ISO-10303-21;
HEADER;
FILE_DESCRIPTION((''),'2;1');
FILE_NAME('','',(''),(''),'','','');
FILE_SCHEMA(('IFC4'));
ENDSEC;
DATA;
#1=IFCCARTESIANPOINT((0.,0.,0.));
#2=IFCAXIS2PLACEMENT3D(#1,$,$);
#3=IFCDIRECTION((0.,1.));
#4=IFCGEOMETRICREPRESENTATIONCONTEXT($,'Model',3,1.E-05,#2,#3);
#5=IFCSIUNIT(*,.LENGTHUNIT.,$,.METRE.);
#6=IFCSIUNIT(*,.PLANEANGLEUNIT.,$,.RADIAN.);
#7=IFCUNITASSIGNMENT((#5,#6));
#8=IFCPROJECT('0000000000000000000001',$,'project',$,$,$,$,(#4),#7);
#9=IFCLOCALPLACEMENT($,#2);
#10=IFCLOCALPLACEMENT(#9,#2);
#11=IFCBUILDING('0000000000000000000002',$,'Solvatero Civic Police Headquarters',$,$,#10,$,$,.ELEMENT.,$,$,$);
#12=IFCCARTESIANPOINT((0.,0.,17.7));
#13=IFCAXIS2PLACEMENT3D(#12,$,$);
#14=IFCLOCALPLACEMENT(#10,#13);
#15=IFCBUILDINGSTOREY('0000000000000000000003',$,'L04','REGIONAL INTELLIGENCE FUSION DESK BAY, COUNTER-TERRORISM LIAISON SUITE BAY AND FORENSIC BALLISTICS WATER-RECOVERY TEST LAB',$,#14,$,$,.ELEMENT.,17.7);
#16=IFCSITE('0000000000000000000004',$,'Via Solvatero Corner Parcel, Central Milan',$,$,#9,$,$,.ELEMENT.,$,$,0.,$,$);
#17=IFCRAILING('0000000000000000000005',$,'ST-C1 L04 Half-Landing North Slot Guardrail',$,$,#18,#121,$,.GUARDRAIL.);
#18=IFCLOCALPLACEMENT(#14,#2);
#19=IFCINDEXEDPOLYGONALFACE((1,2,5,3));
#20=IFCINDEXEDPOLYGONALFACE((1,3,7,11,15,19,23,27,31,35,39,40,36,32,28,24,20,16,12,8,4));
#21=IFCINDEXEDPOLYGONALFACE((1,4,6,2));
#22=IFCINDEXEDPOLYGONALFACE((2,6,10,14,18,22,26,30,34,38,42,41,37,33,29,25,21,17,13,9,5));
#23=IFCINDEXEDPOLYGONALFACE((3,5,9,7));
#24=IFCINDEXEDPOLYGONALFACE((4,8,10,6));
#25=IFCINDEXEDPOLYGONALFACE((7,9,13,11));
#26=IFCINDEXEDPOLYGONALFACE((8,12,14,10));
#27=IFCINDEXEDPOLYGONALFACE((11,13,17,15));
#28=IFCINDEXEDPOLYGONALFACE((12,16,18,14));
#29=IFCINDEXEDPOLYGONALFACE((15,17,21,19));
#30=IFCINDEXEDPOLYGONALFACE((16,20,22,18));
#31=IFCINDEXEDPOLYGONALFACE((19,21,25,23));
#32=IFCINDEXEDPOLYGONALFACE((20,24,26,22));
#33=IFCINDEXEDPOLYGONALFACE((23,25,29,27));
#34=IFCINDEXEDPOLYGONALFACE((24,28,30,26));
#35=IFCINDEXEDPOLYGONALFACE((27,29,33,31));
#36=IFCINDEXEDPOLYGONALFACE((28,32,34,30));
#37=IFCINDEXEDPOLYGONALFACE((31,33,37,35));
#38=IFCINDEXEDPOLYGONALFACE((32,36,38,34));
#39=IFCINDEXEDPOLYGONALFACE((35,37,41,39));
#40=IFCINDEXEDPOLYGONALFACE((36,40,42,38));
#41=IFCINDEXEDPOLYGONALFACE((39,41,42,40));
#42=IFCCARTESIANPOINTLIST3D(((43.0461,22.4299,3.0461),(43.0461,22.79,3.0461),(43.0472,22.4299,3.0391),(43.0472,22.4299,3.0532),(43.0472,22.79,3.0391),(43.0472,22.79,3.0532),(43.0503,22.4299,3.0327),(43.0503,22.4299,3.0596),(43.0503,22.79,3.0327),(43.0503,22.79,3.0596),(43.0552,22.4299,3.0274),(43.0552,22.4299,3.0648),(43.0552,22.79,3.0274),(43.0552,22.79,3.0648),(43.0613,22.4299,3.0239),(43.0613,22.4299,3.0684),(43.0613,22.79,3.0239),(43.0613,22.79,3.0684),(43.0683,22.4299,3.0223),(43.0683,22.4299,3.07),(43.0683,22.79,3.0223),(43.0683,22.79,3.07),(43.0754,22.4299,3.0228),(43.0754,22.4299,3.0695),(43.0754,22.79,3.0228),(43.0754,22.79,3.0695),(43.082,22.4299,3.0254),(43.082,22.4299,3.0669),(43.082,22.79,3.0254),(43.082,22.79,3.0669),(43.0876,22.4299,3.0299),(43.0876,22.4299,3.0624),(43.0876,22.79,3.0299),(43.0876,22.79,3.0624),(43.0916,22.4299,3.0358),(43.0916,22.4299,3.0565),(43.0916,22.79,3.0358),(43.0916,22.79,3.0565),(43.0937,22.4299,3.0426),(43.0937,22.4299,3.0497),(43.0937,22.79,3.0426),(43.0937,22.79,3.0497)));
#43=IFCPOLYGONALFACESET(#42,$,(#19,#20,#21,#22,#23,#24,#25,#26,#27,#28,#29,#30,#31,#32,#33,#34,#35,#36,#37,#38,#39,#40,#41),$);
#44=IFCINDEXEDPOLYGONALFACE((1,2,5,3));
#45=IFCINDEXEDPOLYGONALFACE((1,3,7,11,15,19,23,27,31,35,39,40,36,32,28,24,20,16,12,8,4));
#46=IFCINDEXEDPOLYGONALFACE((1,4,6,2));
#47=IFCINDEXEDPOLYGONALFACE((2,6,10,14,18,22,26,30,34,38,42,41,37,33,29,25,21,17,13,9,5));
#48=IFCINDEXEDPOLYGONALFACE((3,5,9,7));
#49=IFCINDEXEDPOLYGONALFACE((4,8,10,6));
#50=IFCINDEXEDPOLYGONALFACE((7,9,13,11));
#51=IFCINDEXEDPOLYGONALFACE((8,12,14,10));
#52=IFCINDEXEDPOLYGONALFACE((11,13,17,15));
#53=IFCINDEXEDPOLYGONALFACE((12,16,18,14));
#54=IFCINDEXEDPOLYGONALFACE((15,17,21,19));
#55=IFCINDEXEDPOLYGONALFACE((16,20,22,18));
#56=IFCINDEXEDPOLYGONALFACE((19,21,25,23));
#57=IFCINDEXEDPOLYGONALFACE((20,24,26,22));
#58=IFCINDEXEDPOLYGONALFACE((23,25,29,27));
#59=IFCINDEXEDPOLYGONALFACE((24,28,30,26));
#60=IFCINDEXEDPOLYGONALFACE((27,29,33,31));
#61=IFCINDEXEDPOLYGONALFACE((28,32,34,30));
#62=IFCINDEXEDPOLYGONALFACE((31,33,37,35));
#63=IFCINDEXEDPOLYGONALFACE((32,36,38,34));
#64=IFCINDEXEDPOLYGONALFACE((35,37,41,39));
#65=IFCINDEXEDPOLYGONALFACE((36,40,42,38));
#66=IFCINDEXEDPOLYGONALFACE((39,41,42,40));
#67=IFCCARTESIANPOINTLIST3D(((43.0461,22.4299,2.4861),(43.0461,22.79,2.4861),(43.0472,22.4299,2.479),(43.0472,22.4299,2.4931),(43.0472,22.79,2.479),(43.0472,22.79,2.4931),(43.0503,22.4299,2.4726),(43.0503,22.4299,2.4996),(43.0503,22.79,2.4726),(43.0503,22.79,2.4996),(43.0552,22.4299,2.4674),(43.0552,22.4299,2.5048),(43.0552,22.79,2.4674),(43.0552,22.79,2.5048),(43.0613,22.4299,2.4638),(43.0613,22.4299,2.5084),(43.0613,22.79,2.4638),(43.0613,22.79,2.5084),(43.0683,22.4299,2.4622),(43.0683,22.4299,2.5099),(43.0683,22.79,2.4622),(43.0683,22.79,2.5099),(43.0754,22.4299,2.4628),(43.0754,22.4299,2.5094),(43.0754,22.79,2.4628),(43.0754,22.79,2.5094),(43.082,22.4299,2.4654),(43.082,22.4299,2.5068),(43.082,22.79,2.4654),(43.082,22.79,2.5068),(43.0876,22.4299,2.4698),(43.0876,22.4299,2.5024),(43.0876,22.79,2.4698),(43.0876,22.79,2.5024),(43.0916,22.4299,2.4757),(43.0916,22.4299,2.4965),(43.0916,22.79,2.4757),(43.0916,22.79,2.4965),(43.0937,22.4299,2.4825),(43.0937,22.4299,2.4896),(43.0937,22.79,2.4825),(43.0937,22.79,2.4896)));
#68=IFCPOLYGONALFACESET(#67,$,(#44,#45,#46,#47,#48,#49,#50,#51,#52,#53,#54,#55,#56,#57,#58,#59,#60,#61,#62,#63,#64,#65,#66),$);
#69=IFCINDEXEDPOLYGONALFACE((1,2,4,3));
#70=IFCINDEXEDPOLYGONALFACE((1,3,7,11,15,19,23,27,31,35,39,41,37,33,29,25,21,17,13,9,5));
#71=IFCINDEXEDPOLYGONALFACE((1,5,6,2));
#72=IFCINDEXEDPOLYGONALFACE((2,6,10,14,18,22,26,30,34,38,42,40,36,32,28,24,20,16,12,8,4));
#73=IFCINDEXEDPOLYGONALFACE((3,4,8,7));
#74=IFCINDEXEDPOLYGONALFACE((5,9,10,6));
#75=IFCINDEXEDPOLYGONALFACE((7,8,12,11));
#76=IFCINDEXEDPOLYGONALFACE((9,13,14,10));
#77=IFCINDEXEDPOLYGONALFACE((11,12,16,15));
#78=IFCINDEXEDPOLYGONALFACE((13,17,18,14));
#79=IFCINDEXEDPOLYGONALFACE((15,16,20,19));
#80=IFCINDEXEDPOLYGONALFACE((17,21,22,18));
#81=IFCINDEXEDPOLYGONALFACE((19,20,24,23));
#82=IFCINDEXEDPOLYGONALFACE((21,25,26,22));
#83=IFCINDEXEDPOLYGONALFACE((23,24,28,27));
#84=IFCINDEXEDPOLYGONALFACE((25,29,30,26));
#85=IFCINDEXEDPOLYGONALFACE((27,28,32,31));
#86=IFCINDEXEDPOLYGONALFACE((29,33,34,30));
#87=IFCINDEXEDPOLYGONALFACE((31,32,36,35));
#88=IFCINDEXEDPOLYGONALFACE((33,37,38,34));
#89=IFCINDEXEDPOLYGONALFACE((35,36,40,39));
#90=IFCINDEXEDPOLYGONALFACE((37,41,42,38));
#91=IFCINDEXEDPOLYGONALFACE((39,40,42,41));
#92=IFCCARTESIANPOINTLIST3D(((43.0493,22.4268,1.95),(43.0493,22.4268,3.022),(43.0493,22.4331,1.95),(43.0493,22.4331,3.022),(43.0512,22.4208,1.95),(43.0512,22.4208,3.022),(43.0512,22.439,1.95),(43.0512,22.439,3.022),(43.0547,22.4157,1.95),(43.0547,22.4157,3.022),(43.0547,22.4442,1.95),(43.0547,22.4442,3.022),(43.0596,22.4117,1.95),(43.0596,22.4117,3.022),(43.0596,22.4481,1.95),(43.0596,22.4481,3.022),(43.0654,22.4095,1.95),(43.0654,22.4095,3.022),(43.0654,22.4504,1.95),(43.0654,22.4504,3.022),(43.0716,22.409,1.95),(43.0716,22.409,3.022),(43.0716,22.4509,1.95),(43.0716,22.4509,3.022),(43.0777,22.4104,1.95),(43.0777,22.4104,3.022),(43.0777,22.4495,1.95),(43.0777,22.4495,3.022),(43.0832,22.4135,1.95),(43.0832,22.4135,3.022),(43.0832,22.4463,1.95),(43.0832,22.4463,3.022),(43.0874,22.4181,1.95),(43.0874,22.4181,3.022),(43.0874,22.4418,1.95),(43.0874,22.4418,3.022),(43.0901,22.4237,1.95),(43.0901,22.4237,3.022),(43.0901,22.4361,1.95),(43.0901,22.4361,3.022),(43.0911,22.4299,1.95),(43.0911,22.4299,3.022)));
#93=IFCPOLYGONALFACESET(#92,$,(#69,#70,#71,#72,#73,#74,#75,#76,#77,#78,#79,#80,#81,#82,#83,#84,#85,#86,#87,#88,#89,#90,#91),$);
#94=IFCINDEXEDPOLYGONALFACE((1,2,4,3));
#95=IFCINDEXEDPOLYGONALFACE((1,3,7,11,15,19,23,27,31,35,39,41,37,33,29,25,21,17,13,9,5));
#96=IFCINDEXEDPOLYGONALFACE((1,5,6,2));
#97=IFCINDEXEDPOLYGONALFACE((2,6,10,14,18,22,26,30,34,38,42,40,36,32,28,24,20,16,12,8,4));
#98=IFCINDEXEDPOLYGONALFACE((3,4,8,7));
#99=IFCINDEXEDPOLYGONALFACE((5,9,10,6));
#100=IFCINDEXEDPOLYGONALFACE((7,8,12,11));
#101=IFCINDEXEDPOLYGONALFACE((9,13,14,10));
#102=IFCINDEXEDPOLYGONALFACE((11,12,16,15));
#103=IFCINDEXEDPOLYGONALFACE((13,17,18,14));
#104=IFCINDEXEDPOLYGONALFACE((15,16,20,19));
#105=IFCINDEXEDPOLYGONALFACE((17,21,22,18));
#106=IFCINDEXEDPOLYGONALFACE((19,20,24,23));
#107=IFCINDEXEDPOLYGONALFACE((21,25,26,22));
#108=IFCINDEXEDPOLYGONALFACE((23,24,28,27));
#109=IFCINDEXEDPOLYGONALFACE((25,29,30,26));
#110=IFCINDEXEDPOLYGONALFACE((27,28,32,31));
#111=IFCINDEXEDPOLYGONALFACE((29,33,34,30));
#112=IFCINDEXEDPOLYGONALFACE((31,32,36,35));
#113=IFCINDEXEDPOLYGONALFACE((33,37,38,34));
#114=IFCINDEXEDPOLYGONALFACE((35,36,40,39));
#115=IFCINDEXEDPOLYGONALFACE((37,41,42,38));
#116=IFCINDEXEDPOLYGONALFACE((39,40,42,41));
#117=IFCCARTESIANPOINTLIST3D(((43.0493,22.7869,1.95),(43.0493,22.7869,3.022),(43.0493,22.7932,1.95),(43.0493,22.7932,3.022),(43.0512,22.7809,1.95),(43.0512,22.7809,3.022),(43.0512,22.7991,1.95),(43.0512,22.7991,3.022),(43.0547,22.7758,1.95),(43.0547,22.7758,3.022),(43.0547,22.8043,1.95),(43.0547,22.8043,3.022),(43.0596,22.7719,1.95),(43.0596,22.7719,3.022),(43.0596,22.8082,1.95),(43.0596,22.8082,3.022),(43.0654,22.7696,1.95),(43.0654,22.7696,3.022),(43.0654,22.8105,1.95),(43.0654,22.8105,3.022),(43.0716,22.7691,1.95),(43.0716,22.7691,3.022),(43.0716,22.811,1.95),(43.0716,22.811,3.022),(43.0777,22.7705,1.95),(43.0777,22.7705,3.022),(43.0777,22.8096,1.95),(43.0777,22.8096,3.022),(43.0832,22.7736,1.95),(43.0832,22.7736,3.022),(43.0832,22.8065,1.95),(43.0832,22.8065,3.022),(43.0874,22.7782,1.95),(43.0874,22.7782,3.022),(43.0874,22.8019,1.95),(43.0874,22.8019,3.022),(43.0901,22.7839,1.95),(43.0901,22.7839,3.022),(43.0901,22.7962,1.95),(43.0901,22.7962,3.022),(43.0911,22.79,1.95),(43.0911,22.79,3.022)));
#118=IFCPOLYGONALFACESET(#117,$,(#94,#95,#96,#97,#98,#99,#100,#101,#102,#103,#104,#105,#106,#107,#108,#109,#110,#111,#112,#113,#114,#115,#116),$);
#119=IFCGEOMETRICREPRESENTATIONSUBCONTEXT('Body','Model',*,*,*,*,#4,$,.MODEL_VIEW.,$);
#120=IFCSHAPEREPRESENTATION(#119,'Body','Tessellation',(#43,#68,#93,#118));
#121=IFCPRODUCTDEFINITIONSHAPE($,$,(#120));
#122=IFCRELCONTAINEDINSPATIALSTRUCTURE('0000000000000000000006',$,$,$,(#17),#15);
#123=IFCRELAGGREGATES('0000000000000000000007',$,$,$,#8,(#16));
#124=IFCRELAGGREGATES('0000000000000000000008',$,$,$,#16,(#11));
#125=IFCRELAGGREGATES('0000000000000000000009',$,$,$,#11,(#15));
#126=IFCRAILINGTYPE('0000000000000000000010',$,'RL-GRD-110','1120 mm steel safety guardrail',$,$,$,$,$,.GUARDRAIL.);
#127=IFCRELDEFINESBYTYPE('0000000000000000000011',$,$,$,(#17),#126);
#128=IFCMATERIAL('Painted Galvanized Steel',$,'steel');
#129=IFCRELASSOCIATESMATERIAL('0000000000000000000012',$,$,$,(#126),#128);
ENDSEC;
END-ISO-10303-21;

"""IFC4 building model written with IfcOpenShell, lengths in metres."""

from ifc_helpers import new_model, si_unit, direction, frame, origin, origin_2d, place, context, subcontext, project, spatial, circle, extrude, material, type_object, element, save


model = new_model("IFC4")

# Units and contexts
model_context = context("Model", 3, precision=1e-05, world=origin(), true_north=direction((0.0, 1.0)))
body_context = subcontext(model_context, "Body", "Model", "MODEL_VIEW")
ifc_project = project(units=[si_unit("LENGTHUNIT", "METRE"), si_unit("PLANEANGLEUNIT", "RADIAN")], contexts=[model_context])

# Site, building, storey
site_placement = place(None, origin())
site = spatial("IfcSite", under=ifc_project, at=site_placement, Name="Via Solvatero Corner Parcel, Central Milan", CompositionType="ELEMENT", RefElevation=0.0)
building_placement = place(site_placement, origin())
building = spatial("IfcBuilding", under=site, at=building_placement, Name="Solvatero Civic Police Headquarters", CompositionType="ELEMENT")
storey_placement = place(building_placement, frame((0.0, 0.0, 17.7)))
storey = spatial("IfcBuildingStorey", under=building, at=storey_placement, Name="L04", Description="REGIONAL INTELLIGENCE FUSION DESK BAY, COUNTER-TERRORISM LIAISON SUITE BAY AND FORENSIC BALLISTICS WATER-RECOVERY TEST LAB", CompositionType="ELEMENT", Elevation=17.7)

# Railing
ifc_material_1 = material(Name="Painted Galvanized Steel", Category="steel")
railing_type = type_object("IfcRailingType", Name="RL-GRD-110", Description="1120 mm steel safety guardrail", PredefinedType="GUARDRAIL", material=ifc_material_1)
railing_placement = place(storey_placement, frame((43.0701, 22.4299, 1.95)))
element("IfcRailing", 1, at=railing_placement, inside=storey, type_object=railing_type, Name="ST-C1 L04 Half-Landing North Slot Guardrail", PredefinedType="GUARDRAIL", context=body_context, shape_type="SweptSolid", body=[
    extrude(circle(Radius=0.0239, at=origin_2d()), frame((0.0, 0.0, 1.0962), z_axis=(0.0, 1.0, 0.0), x_axis=(-1.0, 0.0, 0.0)), (0.0, 0.0, 1.0), 0.3601),
    extrude(circle(Radius=0.0239, at=origin_2d()), frame((0.0, 0.0, 0.5361), z_axis=(0.0, 1.0, 0.0), x_axis=(-1.0, 0.0, 0.0)), (0.0, 0.0, 1.0), 0.3601),
    extrude(circle(Radius=0.021, at=origin_2d()), origin(), (0.0, 0.0, 1.0), 1.072),
    extrude(circle(Radius=0.021, at=origin_2d()), frame((0.0, 0.3601, 0.0)), (0.0, 0.0, 1.0), 1.072),
])

save(model, "model.ifc")
